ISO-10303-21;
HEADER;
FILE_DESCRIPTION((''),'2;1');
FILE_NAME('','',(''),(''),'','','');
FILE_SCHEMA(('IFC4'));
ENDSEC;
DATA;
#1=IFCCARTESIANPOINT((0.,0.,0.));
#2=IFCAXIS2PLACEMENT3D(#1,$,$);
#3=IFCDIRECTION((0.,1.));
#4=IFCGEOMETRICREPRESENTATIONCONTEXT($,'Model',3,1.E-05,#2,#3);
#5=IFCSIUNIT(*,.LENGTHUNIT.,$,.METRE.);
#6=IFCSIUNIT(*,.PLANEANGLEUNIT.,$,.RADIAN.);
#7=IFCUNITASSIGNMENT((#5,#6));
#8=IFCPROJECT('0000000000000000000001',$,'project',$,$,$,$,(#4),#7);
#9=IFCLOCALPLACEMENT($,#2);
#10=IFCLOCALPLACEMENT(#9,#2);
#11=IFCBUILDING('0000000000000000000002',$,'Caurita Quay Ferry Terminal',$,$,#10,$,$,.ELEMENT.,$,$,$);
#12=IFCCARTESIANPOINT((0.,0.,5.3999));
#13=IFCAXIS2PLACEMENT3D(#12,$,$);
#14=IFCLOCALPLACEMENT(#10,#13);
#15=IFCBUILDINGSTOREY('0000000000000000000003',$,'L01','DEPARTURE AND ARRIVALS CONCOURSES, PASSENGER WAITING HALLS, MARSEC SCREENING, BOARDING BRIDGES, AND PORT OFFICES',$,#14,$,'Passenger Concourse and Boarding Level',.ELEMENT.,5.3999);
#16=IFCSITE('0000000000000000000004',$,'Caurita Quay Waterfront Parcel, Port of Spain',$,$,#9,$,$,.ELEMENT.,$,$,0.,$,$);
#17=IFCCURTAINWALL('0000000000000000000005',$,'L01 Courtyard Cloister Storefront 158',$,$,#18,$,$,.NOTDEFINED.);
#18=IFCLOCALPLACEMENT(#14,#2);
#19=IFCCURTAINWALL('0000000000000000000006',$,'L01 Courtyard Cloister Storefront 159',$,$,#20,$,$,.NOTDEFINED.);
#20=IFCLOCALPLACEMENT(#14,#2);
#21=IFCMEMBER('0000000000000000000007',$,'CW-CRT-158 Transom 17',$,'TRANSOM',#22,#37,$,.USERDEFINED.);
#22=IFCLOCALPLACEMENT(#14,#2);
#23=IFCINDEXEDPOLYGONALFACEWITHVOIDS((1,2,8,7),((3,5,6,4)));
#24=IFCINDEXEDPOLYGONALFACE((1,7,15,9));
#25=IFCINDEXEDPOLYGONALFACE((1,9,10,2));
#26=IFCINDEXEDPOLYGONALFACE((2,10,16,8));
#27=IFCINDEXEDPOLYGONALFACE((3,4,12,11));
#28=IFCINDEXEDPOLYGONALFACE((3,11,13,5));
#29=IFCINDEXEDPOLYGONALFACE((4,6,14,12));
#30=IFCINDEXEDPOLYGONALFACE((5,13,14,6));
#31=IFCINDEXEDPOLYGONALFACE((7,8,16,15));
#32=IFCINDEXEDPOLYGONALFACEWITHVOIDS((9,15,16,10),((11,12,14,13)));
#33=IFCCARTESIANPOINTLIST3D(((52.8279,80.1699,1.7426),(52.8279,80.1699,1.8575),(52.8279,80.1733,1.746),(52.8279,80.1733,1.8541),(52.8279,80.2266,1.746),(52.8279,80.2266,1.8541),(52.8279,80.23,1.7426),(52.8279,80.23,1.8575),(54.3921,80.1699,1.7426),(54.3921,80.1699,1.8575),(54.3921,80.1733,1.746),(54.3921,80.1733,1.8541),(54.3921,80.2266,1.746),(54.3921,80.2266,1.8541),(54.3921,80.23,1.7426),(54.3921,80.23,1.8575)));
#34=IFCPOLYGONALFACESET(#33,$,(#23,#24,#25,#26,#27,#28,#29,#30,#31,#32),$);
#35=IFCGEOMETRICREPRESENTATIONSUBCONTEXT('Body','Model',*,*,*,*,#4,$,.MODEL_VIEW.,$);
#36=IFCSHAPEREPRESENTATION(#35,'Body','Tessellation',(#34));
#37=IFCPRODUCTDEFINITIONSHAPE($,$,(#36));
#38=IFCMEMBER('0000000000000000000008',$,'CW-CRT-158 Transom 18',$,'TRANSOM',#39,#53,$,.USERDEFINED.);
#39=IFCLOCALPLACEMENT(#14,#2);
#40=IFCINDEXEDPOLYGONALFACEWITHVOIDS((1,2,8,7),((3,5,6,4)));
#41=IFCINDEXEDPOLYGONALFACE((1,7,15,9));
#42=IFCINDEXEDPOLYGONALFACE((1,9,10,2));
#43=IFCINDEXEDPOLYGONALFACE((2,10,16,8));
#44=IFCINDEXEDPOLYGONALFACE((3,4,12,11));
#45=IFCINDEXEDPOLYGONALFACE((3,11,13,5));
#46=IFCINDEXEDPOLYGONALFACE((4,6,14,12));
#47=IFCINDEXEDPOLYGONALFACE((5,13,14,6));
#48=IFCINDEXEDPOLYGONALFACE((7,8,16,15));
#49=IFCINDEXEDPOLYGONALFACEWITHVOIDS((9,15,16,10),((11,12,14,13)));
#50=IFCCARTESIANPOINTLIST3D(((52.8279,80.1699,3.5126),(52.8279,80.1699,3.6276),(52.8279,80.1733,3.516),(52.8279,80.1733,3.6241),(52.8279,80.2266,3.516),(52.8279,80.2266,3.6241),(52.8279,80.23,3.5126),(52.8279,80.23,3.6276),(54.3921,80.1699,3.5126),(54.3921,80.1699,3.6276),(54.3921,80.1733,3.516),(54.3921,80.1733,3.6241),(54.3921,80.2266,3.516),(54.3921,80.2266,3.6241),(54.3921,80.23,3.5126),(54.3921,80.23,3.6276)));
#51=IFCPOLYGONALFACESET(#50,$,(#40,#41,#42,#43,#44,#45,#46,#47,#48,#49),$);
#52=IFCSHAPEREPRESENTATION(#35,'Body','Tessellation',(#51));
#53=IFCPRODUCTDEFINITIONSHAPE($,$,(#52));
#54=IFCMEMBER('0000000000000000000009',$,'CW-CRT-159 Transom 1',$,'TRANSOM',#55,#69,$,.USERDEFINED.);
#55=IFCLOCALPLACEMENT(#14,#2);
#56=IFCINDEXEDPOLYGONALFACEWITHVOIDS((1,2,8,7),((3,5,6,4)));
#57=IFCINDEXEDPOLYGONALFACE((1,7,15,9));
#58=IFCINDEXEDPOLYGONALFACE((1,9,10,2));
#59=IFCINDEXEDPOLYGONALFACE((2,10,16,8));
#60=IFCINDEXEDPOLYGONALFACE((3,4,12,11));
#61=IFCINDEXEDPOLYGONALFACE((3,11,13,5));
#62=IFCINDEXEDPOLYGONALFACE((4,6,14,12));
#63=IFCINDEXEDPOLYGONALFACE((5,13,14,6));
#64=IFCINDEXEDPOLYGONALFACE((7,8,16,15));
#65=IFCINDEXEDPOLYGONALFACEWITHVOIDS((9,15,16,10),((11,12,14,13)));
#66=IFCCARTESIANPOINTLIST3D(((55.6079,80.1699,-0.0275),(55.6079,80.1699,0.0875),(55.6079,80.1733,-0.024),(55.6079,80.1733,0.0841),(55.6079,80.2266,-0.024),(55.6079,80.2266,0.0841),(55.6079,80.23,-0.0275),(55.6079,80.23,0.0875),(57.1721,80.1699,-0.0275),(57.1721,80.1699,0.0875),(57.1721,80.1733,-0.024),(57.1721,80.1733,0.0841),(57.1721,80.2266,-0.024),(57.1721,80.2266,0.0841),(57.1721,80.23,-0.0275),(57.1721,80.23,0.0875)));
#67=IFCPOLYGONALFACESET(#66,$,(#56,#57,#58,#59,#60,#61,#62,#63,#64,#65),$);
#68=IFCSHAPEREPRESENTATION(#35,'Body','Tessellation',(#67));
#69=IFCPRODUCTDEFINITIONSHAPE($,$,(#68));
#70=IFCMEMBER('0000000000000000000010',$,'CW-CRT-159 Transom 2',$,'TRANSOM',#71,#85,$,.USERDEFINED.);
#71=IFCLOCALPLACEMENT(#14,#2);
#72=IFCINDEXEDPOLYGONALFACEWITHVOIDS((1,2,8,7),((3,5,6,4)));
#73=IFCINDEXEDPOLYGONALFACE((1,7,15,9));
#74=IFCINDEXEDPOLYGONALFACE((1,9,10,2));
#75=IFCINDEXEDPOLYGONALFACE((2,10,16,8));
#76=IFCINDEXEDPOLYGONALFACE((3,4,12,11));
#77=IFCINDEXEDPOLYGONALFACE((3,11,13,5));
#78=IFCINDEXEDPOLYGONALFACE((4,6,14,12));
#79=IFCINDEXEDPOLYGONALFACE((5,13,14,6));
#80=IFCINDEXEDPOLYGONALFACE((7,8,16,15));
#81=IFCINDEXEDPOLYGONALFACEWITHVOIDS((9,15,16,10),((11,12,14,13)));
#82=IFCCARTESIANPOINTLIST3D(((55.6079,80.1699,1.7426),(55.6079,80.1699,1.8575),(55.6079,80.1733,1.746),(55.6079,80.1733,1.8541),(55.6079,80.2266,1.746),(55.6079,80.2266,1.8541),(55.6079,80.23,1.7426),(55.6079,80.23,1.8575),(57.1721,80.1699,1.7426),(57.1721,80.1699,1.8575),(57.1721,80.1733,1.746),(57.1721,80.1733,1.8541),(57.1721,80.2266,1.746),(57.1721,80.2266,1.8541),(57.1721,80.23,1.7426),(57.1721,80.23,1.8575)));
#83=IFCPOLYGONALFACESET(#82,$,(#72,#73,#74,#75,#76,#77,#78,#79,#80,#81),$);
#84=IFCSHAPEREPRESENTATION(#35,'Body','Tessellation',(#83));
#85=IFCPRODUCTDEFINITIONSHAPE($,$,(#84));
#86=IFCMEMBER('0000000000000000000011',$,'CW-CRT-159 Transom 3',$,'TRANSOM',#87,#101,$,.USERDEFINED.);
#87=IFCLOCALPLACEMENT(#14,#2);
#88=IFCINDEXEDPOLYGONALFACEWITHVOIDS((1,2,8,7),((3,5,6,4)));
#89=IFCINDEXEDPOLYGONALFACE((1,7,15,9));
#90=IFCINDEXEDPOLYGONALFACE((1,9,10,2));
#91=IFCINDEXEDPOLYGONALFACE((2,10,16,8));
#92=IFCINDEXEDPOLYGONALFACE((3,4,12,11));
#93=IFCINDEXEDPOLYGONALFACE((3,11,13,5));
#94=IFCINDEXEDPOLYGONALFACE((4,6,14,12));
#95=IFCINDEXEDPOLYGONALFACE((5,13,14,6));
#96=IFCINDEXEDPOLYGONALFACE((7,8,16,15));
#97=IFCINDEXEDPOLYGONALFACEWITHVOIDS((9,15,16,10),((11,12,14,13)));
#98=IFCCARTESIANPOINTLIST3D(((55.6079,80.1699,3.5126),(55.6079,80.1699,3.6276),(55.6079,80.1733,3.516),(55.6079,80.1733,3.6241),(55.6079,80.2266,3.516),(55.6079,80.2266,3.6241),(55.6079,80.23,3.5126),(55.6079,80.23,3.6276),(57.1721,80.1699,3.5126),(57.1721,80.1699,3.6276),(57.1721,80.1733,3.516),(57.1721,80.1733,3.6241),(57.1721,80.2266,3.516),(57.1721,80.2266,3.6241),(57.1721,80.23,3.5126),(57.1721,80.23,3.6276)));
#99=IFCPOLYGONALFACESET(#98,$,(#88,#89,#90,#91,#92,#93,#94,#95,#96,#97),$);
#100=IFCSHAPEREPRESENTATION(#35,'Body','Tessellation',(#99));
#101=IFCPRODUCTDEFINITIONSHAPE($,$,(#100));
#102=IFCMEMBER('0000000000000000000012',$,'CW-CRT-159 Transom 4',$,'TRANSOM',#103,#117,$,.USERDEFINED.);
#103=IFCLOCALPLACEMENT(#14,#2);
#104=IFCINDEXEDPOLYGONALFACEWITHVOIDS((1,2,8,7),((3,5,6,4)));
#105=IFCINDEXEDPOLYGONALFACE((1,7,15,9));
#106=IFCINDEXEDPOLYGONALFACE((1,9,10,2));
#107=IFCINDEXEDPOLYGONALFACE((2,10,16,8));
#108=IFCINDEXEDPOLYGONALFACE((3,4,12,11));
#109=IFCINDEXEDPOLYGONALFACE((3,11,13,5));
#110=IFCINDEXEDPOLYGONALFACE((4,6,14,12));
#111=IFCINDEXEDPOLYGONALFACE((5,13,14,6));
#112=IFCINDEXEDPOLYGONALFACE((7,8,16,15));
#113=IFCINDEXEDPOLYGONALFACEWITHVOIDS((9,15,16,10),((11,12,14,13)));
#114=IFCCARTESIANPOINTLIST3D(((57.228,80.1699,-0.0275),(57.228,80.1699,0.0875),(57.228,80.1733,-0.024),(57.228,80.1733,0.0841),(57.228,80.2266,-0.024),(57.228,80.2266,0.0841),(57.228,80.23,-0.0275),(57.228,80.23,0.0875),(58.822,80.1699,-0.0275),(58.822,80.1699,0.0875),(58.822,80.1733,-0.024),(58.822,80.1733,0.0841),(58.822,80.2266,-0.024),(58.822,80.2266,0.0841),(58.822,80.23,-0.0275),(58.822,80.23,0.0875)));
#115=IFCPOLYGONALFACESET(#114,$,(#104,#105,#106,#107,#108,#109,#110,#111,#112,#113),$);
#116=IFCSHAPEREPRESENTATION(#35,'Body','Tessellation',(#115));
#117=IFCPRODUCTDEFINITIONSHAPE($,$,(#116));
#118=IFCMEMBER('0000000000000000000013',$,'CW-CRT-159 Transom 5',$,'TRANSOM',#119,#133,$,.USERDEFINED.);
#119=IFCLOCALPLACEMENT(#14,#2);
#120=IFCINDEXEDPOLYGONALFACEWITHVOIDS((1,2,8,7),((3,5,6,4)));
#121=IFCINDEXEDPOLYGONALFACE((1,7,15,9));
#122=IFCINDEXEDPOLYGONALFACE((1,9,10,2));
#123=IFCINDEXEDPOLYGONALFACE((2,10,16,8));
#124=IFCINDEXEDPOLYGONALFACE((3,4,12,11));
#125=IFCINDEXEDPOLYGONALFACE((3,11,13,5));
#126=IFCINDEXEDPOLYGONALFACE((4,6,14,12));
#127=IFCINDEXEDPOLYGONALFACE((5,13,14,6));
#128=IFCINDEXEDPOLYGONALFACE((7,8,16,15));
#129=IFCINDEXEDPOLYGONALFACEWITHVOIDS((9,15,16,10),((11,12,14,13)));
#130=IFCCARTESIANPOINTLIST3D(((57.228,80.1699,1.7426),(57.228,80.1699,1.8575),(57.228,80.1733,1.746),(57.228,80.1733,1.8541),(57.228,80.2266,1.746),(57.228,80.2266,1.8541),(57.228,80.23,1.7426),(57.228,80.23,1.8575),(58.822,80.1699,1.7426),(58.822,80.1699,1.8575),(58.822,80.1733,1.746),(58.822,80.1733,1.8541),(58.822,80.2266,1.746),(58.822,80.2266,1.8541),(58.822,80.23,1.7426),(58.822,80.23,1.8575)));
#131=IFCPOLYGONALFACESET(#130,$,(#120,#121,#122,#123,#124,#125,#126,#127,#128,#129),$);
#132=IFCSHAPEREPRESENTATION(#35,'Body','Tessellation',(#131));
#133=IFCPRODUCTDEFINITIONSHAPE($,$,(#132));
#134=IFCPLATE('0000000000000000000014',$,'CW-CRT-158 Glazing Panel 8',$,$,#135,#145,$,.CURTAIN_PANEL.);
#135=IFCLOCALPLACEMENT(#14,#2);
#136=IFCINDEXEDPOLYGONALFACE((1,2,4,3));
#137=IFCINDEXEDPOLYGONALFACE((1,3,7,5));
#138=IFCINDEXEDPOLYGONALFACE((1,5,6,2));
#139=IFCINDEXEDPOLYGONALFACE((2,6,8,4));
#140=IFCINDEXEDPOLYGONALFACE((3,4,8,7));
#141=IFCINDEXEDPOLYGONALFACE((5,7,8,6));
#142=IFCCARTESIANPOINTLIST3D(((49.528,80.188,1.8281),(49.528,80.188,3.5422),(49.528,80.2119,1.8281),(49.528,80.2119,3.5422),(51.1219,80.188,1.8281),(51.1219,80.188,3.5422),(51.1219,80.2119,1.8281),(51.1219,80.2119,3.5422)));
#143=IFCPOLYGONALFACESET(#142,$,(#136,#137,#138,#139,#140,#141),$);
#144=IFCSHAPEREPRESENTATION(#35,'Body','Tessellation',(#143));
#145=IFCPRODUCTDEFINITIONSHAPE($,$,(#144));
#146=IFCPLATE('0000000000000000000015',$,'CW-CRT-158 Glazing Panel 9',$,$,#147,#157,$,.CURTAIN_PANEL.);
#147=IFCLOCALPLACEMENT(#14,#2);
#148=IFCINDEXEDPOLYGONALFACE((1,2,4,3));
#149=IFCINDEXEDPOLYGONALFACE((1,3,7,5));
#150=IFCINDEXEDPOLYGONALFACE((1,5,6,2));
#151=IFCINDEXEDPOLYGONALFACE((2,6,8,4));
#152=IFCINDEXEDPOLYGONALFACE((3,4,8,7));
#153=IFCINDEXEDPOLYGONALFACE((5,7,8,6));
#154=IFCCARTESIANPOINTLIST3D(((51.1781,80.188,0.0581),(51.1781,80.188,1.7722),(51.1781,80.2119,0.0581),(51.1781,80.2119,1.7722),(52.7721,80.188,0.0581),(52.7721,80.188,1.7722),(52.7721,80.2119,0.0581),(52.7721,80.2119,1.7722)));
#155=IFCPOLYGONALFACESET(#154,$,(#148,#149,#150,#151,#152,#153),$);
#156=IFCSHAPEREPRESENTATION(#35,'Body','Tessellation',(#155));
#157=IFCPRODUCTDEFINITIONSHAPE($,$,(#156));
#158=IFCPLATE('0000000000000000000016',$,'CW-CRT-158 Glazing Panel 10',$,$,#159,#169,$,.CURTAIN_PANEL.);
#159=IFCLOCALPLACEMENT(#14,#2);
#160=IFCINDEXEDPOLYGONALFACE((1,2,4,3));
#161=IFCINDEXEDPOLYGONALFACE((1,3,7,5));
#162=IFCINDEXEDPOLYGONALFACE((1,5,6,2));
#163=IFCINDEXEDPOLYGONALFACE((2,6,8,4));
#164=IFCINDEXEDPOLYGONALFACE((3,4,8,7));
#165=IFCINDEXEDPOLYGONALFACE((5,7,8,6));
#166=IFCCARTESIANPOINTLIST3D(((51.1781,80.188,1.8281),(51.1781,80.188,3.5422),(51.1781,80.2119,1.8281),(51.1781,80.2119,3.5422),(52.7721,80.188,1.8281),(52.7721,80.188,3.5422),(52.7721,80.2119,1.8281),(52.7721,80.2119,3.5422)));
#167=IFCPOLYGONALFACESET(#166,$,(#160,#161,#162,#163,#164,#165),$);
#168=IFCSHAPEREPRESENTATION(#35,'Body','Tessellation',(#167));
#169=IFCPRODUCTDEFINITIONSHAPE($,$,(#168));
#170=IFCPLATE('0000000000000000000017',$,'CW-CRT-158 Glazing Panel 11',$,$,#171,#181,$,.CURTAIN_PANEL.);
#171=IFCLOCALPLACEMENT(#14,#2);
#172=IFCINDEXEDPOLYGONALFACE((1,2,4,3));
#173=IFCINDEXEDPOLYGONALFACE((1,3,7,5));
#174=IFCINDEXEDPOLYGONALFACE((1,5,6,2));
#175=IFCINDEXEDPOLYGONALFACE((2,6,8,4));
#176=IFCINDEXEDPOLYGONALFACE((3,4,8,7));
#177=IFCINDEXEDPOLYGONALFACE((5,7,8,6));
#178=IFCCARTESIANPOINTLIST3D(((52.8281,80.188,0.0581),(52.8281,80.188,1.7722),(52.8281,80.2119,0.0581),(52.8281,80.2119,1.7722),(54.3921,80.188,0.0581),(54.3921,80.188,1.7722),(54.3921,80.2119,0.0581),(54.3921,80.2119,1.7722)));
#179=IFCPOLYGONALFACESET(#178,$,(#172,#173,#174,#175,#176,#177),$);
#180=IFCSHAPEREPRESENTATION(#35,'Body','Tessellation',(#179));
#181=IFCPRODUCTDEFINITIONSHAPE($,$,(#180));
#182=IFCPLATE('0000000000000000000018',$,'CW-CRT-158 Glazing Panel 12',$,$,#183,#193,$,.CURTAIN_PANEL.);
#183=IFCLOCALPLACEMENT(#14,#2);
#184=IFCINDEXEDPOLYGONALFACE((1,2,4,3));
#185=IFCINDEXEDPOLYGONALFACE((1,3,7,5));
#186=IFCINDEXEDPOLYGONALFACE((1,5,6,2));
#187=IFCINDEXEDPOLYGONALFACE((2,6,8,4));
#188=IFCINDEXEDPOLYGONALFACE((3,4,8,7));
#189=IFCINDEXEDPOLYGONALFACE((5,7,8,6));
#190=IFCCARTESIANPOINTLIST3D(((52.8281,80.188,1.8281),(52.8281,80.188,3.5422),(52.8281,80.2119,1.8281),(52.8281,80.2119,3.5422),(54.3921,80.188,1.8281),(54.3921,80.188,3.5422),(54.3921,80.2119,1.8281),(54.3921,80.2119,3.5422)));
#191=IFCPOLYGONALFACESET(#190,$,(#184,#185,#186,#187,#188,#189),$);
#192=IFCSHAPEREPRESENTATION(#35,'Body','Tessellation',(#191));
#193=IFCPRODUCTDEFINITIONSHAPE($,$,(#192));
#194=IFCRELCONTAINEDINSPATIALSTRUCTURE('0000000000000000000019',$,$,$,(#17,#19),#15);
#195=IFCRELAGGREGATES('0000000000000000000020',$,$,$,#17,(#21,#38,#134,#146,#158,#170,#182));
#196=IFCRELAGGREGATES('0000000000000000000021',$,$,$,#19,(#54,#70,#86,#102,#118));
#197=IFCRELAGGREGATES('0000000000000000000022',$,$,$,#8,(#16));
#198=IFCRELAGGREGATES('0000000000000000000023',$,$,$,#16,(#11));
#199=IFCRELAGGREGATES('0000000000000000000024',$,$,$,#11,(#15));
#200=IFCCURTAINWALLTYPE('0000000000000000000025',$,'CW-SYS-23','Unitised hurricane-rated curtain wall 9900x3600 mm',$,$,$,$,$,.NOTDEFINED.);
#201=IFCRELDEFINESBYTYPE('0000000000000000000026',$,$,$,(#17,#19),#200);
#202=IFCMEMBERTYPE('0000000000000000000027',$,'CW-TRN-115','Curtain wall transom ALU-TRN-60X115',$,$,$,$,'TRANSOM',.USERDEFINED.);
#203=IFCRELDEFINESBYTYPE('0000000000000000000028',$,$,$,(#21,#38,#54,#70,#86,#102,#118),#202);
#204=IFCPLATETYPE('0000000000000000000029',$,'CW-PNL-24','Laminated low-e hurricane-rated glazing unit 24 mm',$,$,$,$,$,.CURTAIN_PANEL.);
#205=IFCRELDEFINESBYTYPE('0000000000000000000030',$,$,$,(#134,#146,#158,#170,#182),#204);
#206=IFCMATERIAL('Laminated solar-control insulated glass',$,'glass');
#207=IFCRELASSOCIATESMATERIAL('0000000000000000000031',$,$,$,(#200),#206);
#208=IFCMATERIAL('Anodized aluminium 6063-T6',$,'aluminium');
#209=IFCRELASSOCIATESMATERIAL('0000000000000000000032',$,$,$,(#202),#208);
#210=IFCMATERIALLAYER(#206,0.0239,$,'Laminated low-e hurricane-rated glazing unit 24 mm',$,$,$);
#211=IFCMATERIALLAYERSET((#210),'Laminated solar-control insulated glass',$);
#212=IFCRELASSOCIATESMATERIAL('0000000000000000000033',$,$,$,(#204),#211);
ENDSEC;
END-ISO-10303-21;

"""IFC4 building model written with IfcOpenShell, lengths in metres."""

from ifc_helpers import new_model, si_unit, direction, frame, origin, origin_2d, place, context, subcontext, project, spatial, rectangle, hollow_rectangle, extrude, material, layer, layer_set, material_profile, profile_set, type_object, element, aggregate, save


model = new_model("IFC4")

# Units and contexts
model_context = context("Model", 3, precision=1e-05, world=origin(), true_north=direction((0.0, 1.0)))
body_context = subcontext(model_context, "Body", "Model", "MODEL_VIEW")
ifc_project = project(units=[si_unit("LENGTHUNIT", "METRE"), si_unit("PLANEANGLEUNIT", "RADIAN")], contexts=[model_context])

# Site, building, storey
site_placement = place(None, origin())
site = spatial("IfcSite", under=ifc_project, at=site_placement, Name="Caurita Quay Waterfront Parcel, Port of Spain", CompositionType="ELEMENT", RefElevation=0.0)
building_placement = place(site_placement, origin())
building = spatial("IfcBuilding", under=site, at=building_placement, Name="Caurita Quay Ferry Terminal", CompositionType="ELEMENT")
storey_placement = place(building_placement, frame((0.0, 0.0, 5.3999)))
storey = spatial("IfcBuildingStorey", under=building, at=storey_placement, Name="L01", Description="DEPARTURE AND ARRIVALS CONCOURSES, PASSENGER WAITING HALLS, MARSEC SCREENING, BOARDING BRIDGES, AND PORT OFFICES", LongName="Passenger Concourse and Boarding Level", CompositionType="ELEMENT", Elevation=5.3999)

# Curtain walls
ifc_material_1 = material(Name="Laminated solar-control insulated glass", Category="glass")
curtain_wall_type = type_object("IfcCurtainWallType", Name="CW-SYS-23", Description="Unitised hurricane-rated curtain wall 9900x3600 mm", PredefinedType="NOTDEFINED", material=ifc_material_1)
curtain_wall_1_placement = place(storey_placement, origin())
curtain_wall_1 = element("IfcCurtainWall", 1, at=curtain_wall_1_placement, inside=storey, type_object=curtain_wall_type, Name="L01 Courtyard Cloister Storefront 158", PredefinedType="NOTDEFINED")
ifc_material_2 = material(Name="Anodized aluminium 6063-T6", Category="aluminium")
curtain_wall_2_placement = place(storey_placement, origin())
curtain_wall_2 = element("IfcCurtainWall", 2, at=curtain_wall_2_placement, inside=storey, type_object=curtain_wall_type, Name="L01 Courtyard Cloister Storefront 159", PredefinedType="NOTDEFINED")

# Members
ifc_material_profile_1 = material_profile(ifc_material_2, hollow_rectangle(XDim=0.0601, YDim=0.115, WallThickness=0.0034, at=origin_2d()), Name="ALU-TRN-60X115")
ifc_profile_set_1 = profile_set([ifc_material_profile_1], Name="Anodized aluminium 6063-T6")
member_type_1 = type_object("IfcMemberType", Name="CW-TRN-115", Description="Curtain wall transom ALU-TRN-60X115", ElementType="TRANSOM", PredefinedType="USERDEFINED", material=ifc_profile_set_1)
member_1_placement = place(storey_placement, frame((52.8279, 80.2, 1.8), z_axis=(1.0, 0.0, 0.0), x_axis=(0.0, 1.0, 0.0)))
member_1 = element("IfcMember", 3, at=member_1_placement, type_object=member_type_1, Name="CW-CRT-158 Transom 17", ObjectType="TRANSOM", PredefinedType="USERDEFINED", context=body_context, shape_type="SweptSolid", body=[
    extrude(hollow_rectangle(XDim=0.0601, YDim=0.115, WallThickness=0.0034, at=origin_2d()), origin(), (0.0, 0.0, 1.0), 1.5642),
])
member_2_placement = place(storey_placement, frame((52.8279, 80.2, 3.5701), z_axis=(1.0, 0.0, 0.0), x_axis=(0.0, 1.0, 0.0)))
member_2 = element("IfcMember", 4, at=member_2_placement, type_object=member_type_1, Name="CW-CRT-158 Transom 18", ObjectType="TRANSOM", PredefinedType="USERDEFINED", context=body_context, shape_type="SweptSolid", body=[
    extrude(hollow_rectangle(XDim=0.0601, YDim=0.115, WallThickness=0.0034, at=origin_2d()), origin(), (0.0, 0.0, 1.0), 1.5642),
])
member_3_placement = place(storey_placement, frame((55.6079, 80.2, 0.03), z_axis=(1.0, 0.0, 0.0), x_axis=(0.0, 1.0, 0.0)))
member_3 = element("IfcMember", 5, at=member_3_placement, type_object=member_type_1, Name="CW-CRT-159 Transom 1", ObjectType="TRANSOM", PredefinedType="USERDEFINED", context=body_context, shape_type="SweptSolid", body=[
    extrude(hollow_rectangle(XDim=0.0601, YDim=0.115, WallThickness=0.0034, at=origin_2d()), origin(), (0.0, 0.0, 1.0), 1.5642),
])
member_4_placement = place(storey_placement, frame((55.6079, 80.2, 1.8), z_axis=(1.0, 0.0, 0.0), x_axis=(0.0, 1.0, 0.0)))
member_4 = element("IfcMember", 6, at=member_4_placement, type_object=member_type_1, Name="CW-CRT-159 Transom 2", ObjectType="TRANSOM", PredefinedType="USERDEFINED", context=body_context, shape_type="SweptSolid", body=[
    extrude(hollow_rectangle(XDim=0.0601, YDim=0.115, WallThickness=0.0034, at=origin_2d()), origin(), (0.0, 0.0, 1.0), 1.5642),
])
member_5_placement = place(storey_placement, frame((55.6079, 80.2, 3.5701), z_axis=(1.0, 0.0, 0.0), x_axis=(0.0, 1.0, 0.0)))
member_5 = element("IfcMember", 7, at=member_5_placement, type_object=member_type_1, Name="CW-CRT-159 Transom 3", ObjectType="TRANSOM", PredefinedType="USERDEFINED", context=body_context, shape_type="SweptSolid", body=[
    extrude(hollow_rectangle(XDim=0.0601, YDim=0.115, WallThickness=0.0034, at=origin_2d()), origin(), (0.0, 0.0, 1.0), 1.5642),
])
member_6_placement = place(storey_placement, frame((57.228, 80.2, 0.03), z_axis=(1.0, 0.0, 0.0), x_axis=(0.0, 1.0, 0.0)))
member_6 = element("IfcMember", 8, at=member_6_placement, type_object=member_type_1, Name="CW-CRT-159 Transom 4", ObjectType="TRANSOM", PredefinedType="USERDEFINED", context=body_context, shape_type="SweptSolid", body=[
    extrude(hollow_rectangle(XDim=0.0601, YDim=0.115, WallThickness=0.0034, at=origin_2d()), origin(), (0.0, 0.0, 1.0), 1.594),
])
member_7_placement = place(storey_placement, frame((57.228, 80.2, 1.8), z_axis=(1.0, 0.0, 0.0), x_axis=(0.0, 1.0, 0.0)))
member_7 = element("IfcMember", 9, at=member_7_placement, type_object=member_type_1, Name="CW-CRT-159 Transom 5", ObjectType="TRANSOM", PredefinedType="USERDEFINED", context=body_context, shape_type="SweptSolid", body=[
    extrude(hollow_rectangle(XDim=0.0601, YDim=0.115, WallThickness=0.0034, at=origin_2d()), origin(), (0.0, 0.0, 1.0), 1.594),
])

# Plates
ifc_layer_1 = layer(ifc_material_1, 0.0239, Name="Laminated low-e hurricane-rated glazing unit 24 mm")
ifc_layer_set_1 = layer_set([ifc_layer_1], Name="Laminated solar-control insulated glass")
plate_type = type_object("IfcPlateType", Name="CW-PNL-24", Description="Laminated low-e hurricane-rated glazing unit 24 mm", PredefinedType="CURTAIN_PANEL", material=ifc_layer_set_1)
plate_1_placement = place(storey_placement, frame((50.325, 80.2, 1.8281), z_axis=(0.0, 0.0, 1.0), x_axis=(1.0, 0.0, 0.0)))
plate_1 = element("IfcPlate", 10, at=plate_1_placement, type_object=plate_type, Name="CW-CRT-158 Glazing Panel 8", PredefinedType="CURTAIN_PANEL", context=body_context, shape_type="SweptSolid", body=[
    extrude(rectangle(XDim=1.594, YDim=0.0239, at=origin_2d()), origin(), (0.0, 0.0, 1.0), 1.7141),
])
plate_2_placement = place(storey_placement, frame((51.9751, 80.2, 0.0581), z_axis=(0.0, 0.0, 1.0), x_axis=(1.0, 0.0, 0.0)))
plate_2 = element("IfcPlate", 11, at=plate_2_placement, type_object=plate_type, Name="CW-CRT-158 Glazing Panel 9", PredefinedType="CURTAIN_PANEL", context=body_context, shape_type="SweptSolid", body=[
    extrude(rectangle(XDim=1.594, YDim=0.0239, at=origin_2d()), origin(), (0.0, 0.0, 1.0), 1.7141),
])
plate_3_placement = place(storey_placement, frame((51.9751, 80.2, 1.8281), z_axis=(0.0, 0.0, 1.0), x_axis=(1.0, 0.0, 0.0)))
plate_3 = element("IfcPlate", 12, at=plate_3_placement, type_object=plate_type, Name="CW-CRT-158 Glazing Panel 10", PredefinedType="CURTAIN_PANEL", context=body_context, shape_type="SweptSolid", body=[
    extrude(rectangle(XDim=1.594, YDim=0.0239, at=origin_2d()), origin(), (0.0, 0.0, 1.0), 1.7141),
])
plate_4_placement = place(storey_placement, frame((53.6101, 80.2, 0.0581), z_axis=(0.0, 0.0, 1.0), x_axis=(1.0, 0.0, 0.0)))
plate_4 = element("IfcPlate", 13, at=plate_4_placement, type_object=plate_type, Name="CW-CRT-158 Glazing Panel 11", PredefinedType="CURTAIN_PANEL", context=body_context, shape_type="SweptSolid", body=[
    extrude(rectangle(XDim=1.564, YDim=0.0239, at=origin_2d()), origin(), (0.0, 0.0, 1.0), 1.7141),
])
plate_5_placement = place(storey_placement, frame((53.6101, 80.2, 1.8281), z_axis=(0.0, 0.0, 1.0), x_axis=(1.0, 0.0, 0.0)))
plate_5 = element("IfcPlate", 14, at=plate_5_placement, type_object=plate_type, Name="CW-CRT-158 Glazing Panel 12", PredefinedType="CURTAIN_PANEL", context=body_context, shape_type="SweptSolid", body=[
    extrude(rectangle(XDim=1.564, YDim=0.0239, at=origin_2d()), origin(), (0.0, 0.0, 1.0), 1.7141),
])
aggregate(curtain_wall_1, [member_1, member_2, plate_1, plate_2, plate_3, plate_4, plate_5])
aggregate(curtain_wall_2, [member_3, member_4, member_5, member_6, member_7])

save(model, "model.ifc")
